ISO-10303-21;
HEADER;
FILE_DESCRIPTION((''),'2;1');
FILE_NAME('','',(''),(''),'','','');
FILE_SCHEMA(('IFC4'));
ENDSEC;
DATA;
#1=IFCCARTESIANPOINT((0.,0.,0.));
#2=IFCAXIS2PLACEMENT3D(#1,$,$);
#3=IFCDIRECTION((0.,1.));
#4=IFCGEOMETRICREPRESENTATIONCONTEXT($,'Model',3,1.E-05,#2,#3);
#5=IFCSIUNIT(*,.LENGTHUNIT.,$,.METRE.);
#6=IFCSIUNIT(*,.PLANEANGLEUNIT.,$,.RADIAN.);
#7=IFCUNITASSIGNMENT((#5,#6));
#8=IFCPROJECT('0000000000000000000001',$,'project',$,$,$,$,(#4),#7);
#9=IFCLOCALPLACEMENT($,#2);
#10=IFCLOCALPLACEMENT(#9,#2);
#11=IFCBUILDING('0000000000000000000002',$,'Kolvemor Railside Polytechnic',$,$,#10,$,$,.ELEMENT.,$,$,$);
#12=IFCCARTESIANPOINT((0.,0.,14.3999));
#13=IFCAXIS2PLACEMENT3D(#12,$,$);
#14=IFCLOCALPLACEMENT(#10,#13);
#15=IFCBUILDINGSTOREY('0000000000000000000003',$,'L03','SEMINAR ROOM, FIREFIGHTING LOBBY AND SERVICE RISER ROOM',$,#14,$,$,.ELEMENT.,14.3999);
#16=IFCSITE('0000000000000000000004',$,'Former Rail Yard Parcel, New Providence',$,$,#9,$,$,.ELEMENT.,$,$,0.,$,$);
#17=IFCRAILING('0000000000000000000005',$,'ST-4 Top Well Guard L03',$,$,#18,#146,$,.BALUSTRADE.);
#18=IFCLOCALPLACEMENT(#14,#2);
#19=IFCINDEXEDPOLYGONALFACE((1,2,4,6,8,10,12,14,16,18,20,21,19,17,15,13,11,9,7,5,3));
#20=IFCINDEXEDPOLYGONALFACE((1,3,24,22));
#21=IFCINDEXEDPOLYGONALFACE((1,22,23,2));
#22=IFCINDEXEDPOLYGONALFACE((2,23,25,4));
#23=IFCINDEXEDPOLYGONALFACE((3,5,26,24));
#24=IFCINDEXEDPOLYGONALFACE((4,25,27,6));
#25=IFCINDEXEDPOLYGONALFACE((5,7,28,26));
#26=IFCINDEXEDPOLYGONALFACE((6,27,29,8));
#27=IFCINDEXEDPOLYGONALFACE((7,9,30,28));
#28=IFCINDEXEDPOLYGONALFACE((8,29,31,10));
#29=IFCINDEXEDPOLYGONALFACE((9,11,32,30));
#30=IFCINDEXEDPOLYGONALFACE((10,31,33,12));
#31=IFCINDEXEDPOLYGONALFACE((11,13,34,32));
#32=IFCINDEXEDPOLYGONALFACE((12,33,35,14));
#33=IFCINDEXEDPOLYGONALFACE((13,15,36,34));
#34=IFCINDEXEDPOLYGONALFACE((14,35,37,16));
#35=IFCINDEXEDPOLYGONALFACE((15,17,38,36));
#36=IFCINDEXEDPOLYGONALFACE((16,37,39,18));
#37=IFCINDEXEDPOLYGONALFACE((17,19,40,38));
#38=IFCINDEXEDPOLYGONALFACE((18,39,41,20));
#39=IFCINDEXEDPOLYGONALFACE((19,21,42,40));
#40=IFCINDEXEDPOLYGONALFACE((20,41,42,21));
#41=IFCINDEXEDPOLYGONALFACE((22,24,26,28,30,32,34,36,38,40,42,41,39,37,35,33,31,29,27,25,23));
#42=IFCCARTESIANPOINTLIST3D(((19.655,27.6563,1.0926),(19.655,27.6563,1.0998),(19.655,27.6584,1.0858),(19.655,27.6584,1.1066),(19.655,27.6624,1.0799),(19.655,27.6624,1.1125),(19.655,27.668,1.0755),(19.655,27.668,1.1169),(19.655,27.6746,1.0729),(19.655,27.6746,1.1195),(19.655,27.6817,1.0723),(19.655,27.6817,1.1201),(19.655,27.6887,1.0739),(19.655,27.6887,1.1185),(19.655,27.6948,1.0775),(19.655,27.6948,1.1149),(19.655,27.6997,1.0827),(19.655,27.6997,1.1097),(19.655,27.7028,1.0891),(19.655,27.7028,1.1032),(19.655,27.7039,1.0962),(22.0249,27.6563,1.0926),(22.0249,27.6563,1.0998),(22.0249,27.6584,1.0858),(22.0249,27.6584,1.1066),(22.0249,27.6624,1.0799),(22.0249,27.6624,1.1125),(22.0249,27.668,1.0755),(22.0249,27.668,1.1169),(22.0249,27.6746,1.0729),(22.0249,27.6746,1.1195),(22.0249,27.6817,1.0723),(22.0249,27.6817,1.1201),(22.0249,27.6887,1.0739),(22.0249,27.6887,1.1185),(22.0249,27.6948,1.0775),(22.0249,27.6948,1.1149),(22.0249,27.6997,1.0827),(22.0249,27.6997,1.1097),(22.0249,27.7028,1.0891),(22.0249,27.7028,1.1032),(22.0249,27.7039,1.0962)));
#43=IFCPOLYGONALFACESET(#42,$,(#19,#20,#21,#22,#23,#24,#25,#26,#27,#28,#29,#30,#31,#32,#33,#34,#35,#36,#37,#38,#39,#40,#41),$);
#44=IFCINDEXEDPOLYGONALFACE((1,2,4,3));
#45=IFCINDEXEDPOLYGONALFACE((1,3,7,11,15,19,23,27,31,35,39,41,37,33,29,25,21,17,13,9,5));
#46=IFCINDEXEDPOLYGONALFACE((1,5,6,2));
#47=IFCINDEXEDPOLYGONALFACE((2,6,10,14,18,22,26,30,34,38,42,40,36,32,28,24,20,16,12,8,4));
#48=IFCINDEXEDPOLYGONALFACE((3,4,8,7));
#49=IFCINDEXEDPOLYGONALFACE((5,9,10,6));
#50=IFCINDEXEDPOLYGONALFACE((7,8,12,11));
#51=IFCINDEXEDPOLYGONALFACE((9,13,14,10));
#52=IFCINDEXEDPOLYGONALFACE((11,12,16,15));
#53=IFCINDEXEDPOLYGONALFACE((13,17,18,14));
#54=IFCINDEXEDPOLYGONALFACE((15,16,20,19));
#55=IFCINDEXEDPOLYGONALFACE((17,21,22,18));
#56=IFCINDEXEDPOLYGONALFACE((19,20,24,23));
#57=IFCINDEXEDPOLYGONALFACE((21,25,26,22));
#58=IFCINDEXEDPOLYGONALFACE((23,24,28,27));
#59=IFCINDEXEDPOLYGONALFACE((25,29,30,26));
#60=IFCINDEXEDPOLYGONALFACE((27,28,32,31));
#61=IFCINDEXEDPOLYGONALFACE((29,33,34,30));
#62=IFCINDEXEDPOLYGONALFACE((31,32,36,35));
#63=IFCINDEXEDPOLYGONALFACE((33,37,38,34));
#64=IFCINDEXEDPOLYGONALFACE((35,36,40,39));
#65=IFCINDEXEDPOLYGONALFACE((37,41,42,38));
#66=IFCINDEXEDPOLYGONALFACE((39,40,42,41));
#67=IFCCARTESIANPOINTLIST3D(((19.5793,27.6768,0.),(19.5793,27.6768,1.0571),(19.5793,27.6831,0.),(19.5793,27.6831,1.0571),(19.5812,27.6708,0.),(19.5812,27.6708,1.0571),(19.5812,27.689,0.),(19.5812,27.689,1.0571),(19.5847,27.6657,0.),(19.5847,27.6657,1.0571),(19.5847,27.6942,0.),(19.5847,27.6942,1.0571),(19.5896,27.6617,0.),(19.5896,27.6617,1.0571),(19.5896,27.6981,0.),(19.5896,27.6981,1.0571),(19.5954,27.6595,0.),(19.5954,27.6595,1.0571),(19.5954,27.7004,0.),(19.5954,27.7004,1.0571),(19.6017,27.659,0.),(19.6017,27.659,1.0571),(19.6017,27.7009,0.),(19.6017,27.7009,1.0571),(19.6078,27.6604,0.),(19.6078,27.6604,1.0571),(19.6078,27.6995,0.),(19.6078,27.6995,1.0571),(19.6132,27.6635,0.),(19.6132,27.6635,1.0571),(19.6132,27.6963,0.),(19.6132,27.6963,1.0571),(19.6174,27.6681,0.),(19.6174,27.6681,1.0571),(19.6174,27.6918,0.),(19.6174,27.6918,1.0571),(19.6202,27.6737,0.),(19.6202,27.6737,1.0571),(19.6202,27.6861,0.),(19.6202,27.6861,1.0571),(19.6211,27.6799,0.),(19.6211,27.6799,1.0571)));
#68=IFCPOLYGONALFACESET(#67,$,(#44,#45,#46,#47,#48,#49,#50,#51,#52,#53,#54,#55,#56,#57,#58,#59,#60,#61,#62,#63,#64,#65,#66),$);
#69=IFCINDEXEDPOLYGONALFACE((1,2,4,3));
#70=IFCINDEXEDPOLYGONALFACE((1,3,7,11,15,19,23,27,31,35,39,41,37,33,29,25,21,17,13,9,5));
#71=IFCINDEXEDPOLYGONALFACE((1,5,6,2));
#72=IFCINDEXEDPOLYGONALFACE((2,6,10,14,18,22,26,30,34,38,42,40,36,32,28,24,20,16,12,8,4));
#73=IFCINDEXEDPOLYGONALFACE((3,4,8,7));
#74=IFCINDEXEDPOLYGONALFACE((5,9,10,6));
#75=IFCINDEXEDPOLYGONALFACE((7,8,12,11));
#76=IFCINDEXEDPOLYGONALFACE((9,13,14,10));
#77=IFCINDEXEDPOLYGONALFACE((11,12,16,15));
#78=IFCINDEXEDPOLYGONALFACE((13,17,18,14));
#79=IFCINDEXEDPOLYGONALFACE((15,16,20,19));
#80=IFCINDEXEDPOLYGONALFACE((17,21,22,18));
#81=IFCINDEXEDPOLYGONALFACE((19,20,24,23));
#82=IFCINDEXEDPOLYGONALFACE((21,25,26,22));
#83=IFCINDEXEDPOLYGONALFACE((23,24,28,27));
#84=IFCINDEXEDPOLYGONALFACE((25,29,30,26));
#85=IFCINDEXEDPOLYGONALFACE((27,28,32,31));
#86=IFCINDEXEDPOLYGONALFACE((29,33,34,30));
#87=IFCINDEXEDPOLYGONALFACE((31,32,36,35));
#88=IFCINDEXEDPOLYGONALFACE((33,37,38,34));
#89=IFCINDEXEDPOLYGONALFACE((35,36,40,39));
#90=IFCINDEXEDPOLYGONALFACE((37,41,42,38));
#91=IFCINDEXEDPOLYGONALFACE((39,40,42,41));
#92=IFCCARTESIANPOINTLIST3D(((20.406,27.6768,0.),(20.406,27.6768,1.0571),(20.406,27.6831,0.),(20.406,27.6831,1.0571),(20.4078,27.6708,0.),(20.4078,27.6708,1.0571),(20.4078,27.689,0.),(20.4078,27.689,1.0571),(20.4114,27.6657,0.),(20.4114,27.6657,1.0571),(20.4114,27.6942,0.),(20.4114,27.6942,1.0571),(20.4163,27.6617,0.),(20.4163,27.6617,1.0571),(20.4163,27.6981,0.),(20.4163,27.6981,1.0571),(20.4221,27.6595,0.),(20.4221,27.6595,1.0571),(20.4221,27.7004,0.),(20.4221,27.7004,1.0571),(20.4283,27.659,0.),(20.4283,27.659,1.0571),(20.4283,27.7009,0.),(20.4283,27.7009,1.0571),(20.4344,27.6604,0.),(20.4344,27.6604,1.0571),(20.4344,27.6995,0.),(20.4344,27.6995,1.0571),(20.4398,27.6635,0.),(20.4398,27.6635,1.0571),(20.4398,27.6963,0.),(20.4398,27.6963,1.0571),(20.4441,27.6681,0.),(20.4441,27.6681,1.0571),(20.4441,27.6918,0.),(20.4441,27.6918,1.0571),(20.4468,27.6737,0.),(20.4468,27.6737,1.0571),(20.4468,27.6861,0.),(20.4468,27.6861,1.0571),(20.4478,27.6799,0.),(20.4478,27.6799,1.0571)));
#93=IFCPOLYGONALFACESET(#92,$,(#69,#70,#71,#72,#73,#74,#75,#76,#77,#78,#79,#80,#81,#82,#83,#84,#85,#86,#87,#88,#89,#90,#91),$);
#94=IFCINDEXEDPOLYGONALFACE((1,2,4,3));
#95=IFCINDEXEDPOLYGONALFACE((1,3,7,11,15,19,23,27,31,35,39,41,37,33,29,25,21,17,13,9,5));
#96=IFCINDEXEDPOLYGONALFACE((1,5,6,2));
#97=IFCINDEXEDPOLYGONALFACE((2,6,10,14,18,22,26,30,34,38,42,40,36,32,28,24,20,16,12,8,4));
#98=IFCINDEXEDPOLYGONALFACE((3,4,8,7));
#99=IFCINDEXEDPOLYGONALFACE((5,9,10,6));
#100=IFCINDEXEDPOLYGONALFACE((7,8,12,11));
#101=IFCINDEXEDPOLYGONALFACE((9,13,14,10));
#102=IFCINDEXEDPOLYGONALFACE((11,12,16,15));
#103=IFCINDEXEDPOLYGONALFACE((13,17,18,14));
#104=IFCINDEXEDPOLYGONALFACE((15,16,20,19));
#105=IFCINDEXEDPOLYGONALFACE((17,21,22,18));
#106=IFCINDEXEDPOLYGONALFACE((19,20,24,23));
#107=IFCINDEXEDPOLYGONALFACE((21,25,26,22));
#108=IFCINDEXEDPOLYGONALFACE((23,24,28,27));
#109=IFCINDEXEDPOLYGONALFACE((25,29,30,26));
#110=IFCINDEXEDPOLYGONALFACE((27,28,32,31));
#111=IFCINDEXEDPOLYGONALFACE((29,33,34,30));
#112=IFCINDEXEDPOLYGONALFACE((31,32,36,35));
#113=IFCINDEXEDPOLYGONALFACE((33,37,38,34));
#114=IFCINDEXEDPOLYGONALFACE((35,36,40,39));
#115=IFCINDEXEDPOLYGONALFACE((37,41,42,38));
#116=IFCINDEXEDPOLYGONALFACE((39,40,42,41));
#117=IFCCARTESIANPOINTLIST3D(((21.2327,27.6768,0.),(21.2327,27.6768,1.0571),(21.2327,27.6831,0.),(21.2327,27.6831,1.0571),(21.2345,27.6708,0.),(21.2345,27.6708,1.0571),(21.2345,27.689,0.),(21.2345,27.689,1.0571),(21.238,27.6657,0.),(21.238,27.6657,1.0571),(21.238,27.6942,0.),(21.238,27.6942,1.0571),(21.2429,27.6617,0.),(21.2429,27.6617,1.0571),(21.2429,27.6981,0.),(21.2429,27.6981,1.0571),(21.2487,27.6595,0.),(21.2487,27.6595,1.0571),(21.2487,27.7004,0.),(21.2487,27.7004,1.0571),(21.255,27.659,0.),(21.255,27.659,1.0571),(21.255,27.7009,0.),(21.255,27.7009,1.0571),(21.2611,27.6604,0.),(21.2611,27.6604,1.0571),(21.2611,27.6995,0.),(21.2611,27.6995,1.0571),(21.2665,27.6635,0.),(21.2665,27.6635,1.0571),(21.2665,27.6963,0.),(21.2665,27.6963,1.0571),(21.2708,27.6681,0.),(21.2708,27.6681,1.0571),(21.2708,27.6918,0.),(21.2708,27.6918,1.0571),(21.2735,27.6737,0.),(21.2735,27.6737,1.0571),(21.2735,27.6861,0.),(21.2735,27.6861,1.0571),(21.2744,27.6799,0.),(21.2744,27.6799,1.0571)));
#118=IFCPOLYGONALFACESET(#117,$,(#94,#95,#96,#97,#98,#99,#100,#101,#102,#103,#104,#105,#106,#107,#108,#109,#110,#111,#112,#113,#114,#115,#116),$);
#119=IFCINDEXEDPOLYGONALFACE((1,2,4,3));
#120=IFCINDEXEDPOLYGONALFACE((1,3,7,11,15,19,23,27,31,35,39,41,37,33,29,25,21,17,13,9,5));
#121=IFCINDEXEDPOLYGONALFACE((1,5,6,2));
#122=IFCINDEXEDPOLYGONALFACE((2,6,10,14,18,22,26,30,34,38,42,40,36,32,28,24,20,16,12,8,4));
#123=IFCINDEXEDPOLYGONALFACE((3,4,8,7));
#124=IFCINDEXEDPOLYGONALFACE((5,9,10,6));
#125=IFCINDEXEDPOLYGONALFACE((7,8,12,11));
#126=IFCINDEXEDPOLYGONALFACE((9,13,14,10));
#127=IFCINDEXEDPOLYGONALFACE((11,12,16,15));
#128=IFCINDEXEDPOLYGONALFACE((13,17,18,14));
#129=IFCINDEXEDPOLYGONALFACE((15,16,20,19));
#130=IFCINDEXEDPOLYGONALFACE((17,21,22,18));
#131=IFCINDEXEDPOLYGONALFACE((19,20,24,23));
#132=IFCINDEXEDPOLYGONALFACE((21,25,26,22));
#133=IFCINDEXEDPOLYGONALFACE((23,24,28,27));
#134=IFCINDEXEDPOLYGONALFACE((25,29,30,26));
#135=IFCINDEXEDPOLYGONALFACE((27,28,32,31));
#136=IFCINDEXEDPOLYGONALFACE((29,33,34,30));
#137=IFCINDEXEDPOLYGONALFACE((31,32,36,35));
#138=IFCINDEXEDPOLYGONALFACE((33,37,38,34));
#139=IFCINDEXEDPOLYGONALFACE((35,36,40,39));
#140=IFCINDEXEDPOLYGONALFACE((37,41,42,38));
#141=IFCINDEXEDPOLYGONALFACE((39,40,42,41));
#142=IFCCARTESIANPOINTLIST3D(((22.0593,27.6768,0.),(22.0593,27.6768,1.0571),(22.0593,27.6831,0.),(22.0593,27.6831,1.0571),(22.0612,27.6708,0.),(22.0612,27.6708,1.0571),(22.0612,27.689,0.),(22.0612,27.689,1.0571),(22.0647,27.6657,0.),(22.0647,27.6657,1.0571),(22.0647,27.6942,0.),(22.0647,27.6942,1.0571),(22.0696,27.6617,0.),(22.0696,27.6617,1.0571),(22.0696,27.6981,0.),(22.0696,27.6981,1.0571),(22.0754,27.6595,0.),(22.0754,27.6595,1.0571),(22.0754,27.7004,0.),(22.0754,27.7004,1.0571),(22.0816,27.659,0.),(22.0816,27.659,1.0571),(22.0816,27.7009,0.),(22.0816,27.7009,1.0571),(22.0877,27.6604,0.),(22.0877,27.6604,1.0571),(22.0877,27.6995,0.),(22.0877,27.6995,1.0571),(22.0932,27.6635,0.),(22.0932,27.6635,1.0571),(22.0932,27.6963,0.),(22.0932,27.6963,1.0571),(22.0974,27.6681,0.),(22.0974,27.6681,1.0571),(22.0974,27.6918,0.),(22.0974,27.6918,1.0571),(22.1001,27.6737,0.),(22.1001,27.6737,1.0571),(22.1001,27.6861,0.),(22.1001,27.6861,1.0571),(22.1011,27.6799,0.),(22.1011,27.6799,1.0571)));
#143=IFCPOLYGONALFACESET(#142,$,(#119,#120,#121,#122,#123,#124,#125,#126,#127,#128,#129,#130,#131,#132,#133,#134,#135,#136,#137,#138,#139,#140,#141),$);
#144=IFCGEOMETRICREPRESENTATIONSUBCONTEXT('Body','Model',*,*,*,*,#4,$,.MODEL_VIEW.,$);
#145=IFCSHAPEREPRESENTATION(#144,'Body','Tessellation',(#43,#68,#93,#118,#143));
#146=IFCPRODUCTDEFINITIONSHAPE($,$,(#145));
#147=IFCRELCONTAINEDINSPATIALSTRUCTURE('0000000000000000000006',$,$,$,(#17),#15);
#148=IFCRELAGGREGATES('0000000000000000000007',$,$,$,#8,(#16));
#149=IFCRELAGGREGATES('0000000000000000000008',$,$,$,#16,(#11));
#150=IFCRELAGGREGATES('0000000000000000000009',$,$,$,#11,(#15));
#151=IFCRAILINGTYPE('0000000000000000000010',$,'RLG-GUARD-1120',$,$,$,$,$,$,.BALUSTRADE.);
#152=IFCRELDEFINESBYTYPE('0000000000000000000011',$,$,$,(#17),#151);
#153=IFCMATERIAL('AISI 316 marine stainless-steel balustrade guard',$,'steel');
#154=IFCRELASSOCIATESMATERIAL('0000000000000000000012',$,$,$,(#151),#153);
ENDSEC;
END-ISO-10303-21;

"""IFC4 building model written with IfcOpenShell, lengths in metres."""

from ifc_helpers import new_model, si_unit, direction, frame, origin, origin_2d, place, context, subcontext, project, spatial, circle, extrude, material, type_object, element, save


model = new_model("IFC4")

# Units and contexts
model_context = context("Model", 3, precision=1e-05, world=origin(), true_north=direction((0.0, 1.0)))
body_context = subcontext(model_context, "Body", "Model", "MODEL_VIEW")
ifc_project = project(units=[si_unit("LENGTHUNIT", "METRE"), si_unit("PLANEANGLEUNIT", "RADIAN")], contexts=[model_context])

# Site, building, storey
site_placement = place(None, origin())
site = spatial("IfcSite", under=ifc_project, at=site_placement, Name="Former Rail Yard Parcel, New Providence", CompositionType="ELEMENT", RefElevation=0.0)
building_placement = place(site_placement, origin())
building = spatial("IfcBuilding", under=site, at=building_placement, Name="Kolvemor Railside Polytechnic", CompositionType="ELEMENT")
storey_placement = place(building_placement, frame((0.0, 0.0, 14.3999)))
storey = spatial("IfcBuildingStorey", under=building, at=storey_placement, Name="L03", Description="SEMINAR ROOM, FIREFIGHTING LOBBY AND SERVICE RISER ROOM", CompositionType="ELEMENT", Elevation=14.3999)

# Railing
ifc_material_1 = material(Name="AISI 316 marine stainless-steel balustrade guard", Category="steel")
railing_type = type_object("IfcRailingType", Name="RLG-GUARD-1120", PredefinedType="BALUSTRADE", material=ifc_material_1)
railing_1_placement = place(storey_placement, frame((19.6001, 27.6799, 0.0)))
element("IfcRailing", 1, at=railing_1_placement, inside=storey, type_object=railing_type, Name="ST-4 Top Well Guard L03", PredefinedType="BALUSTRADE", context=body_context, shape_type="SweptSolid", body=[
    extrude(circle(Radius=0.0239, at=origin_2d()), frame((0.0549, 0.0, 1.0962), z_axis=(1.0, 0.0, 0.0), x_axis=(0.0, 1.0, 0.0)), (0.0, 0.0, 1.0), 2.3699),
    extrude(circle(Radius=0.021, at=origin_2d()), origin(), (0.0, 0.0, 1.0), 1.0571),
    extrude(circle(Radius=0.021, at=origin_2d()), frame((0.8267, 0.0, 0.0)), (0.0, 0.0, 1.0), 1.0571),
    extrude(circle(Radius=0.021, at=origin_2d()), frame((1.6533, 0.0, 0.0)), (0.0, 0.0, 1.0), 1.0571),
    extrude(circle(Radius=0.021, at=origin_2d()), frame((2.48, 0.0, 0.0)), (0.0, 0.0, 1.0), 1.0571),
])

save(model, "model.ifc")
